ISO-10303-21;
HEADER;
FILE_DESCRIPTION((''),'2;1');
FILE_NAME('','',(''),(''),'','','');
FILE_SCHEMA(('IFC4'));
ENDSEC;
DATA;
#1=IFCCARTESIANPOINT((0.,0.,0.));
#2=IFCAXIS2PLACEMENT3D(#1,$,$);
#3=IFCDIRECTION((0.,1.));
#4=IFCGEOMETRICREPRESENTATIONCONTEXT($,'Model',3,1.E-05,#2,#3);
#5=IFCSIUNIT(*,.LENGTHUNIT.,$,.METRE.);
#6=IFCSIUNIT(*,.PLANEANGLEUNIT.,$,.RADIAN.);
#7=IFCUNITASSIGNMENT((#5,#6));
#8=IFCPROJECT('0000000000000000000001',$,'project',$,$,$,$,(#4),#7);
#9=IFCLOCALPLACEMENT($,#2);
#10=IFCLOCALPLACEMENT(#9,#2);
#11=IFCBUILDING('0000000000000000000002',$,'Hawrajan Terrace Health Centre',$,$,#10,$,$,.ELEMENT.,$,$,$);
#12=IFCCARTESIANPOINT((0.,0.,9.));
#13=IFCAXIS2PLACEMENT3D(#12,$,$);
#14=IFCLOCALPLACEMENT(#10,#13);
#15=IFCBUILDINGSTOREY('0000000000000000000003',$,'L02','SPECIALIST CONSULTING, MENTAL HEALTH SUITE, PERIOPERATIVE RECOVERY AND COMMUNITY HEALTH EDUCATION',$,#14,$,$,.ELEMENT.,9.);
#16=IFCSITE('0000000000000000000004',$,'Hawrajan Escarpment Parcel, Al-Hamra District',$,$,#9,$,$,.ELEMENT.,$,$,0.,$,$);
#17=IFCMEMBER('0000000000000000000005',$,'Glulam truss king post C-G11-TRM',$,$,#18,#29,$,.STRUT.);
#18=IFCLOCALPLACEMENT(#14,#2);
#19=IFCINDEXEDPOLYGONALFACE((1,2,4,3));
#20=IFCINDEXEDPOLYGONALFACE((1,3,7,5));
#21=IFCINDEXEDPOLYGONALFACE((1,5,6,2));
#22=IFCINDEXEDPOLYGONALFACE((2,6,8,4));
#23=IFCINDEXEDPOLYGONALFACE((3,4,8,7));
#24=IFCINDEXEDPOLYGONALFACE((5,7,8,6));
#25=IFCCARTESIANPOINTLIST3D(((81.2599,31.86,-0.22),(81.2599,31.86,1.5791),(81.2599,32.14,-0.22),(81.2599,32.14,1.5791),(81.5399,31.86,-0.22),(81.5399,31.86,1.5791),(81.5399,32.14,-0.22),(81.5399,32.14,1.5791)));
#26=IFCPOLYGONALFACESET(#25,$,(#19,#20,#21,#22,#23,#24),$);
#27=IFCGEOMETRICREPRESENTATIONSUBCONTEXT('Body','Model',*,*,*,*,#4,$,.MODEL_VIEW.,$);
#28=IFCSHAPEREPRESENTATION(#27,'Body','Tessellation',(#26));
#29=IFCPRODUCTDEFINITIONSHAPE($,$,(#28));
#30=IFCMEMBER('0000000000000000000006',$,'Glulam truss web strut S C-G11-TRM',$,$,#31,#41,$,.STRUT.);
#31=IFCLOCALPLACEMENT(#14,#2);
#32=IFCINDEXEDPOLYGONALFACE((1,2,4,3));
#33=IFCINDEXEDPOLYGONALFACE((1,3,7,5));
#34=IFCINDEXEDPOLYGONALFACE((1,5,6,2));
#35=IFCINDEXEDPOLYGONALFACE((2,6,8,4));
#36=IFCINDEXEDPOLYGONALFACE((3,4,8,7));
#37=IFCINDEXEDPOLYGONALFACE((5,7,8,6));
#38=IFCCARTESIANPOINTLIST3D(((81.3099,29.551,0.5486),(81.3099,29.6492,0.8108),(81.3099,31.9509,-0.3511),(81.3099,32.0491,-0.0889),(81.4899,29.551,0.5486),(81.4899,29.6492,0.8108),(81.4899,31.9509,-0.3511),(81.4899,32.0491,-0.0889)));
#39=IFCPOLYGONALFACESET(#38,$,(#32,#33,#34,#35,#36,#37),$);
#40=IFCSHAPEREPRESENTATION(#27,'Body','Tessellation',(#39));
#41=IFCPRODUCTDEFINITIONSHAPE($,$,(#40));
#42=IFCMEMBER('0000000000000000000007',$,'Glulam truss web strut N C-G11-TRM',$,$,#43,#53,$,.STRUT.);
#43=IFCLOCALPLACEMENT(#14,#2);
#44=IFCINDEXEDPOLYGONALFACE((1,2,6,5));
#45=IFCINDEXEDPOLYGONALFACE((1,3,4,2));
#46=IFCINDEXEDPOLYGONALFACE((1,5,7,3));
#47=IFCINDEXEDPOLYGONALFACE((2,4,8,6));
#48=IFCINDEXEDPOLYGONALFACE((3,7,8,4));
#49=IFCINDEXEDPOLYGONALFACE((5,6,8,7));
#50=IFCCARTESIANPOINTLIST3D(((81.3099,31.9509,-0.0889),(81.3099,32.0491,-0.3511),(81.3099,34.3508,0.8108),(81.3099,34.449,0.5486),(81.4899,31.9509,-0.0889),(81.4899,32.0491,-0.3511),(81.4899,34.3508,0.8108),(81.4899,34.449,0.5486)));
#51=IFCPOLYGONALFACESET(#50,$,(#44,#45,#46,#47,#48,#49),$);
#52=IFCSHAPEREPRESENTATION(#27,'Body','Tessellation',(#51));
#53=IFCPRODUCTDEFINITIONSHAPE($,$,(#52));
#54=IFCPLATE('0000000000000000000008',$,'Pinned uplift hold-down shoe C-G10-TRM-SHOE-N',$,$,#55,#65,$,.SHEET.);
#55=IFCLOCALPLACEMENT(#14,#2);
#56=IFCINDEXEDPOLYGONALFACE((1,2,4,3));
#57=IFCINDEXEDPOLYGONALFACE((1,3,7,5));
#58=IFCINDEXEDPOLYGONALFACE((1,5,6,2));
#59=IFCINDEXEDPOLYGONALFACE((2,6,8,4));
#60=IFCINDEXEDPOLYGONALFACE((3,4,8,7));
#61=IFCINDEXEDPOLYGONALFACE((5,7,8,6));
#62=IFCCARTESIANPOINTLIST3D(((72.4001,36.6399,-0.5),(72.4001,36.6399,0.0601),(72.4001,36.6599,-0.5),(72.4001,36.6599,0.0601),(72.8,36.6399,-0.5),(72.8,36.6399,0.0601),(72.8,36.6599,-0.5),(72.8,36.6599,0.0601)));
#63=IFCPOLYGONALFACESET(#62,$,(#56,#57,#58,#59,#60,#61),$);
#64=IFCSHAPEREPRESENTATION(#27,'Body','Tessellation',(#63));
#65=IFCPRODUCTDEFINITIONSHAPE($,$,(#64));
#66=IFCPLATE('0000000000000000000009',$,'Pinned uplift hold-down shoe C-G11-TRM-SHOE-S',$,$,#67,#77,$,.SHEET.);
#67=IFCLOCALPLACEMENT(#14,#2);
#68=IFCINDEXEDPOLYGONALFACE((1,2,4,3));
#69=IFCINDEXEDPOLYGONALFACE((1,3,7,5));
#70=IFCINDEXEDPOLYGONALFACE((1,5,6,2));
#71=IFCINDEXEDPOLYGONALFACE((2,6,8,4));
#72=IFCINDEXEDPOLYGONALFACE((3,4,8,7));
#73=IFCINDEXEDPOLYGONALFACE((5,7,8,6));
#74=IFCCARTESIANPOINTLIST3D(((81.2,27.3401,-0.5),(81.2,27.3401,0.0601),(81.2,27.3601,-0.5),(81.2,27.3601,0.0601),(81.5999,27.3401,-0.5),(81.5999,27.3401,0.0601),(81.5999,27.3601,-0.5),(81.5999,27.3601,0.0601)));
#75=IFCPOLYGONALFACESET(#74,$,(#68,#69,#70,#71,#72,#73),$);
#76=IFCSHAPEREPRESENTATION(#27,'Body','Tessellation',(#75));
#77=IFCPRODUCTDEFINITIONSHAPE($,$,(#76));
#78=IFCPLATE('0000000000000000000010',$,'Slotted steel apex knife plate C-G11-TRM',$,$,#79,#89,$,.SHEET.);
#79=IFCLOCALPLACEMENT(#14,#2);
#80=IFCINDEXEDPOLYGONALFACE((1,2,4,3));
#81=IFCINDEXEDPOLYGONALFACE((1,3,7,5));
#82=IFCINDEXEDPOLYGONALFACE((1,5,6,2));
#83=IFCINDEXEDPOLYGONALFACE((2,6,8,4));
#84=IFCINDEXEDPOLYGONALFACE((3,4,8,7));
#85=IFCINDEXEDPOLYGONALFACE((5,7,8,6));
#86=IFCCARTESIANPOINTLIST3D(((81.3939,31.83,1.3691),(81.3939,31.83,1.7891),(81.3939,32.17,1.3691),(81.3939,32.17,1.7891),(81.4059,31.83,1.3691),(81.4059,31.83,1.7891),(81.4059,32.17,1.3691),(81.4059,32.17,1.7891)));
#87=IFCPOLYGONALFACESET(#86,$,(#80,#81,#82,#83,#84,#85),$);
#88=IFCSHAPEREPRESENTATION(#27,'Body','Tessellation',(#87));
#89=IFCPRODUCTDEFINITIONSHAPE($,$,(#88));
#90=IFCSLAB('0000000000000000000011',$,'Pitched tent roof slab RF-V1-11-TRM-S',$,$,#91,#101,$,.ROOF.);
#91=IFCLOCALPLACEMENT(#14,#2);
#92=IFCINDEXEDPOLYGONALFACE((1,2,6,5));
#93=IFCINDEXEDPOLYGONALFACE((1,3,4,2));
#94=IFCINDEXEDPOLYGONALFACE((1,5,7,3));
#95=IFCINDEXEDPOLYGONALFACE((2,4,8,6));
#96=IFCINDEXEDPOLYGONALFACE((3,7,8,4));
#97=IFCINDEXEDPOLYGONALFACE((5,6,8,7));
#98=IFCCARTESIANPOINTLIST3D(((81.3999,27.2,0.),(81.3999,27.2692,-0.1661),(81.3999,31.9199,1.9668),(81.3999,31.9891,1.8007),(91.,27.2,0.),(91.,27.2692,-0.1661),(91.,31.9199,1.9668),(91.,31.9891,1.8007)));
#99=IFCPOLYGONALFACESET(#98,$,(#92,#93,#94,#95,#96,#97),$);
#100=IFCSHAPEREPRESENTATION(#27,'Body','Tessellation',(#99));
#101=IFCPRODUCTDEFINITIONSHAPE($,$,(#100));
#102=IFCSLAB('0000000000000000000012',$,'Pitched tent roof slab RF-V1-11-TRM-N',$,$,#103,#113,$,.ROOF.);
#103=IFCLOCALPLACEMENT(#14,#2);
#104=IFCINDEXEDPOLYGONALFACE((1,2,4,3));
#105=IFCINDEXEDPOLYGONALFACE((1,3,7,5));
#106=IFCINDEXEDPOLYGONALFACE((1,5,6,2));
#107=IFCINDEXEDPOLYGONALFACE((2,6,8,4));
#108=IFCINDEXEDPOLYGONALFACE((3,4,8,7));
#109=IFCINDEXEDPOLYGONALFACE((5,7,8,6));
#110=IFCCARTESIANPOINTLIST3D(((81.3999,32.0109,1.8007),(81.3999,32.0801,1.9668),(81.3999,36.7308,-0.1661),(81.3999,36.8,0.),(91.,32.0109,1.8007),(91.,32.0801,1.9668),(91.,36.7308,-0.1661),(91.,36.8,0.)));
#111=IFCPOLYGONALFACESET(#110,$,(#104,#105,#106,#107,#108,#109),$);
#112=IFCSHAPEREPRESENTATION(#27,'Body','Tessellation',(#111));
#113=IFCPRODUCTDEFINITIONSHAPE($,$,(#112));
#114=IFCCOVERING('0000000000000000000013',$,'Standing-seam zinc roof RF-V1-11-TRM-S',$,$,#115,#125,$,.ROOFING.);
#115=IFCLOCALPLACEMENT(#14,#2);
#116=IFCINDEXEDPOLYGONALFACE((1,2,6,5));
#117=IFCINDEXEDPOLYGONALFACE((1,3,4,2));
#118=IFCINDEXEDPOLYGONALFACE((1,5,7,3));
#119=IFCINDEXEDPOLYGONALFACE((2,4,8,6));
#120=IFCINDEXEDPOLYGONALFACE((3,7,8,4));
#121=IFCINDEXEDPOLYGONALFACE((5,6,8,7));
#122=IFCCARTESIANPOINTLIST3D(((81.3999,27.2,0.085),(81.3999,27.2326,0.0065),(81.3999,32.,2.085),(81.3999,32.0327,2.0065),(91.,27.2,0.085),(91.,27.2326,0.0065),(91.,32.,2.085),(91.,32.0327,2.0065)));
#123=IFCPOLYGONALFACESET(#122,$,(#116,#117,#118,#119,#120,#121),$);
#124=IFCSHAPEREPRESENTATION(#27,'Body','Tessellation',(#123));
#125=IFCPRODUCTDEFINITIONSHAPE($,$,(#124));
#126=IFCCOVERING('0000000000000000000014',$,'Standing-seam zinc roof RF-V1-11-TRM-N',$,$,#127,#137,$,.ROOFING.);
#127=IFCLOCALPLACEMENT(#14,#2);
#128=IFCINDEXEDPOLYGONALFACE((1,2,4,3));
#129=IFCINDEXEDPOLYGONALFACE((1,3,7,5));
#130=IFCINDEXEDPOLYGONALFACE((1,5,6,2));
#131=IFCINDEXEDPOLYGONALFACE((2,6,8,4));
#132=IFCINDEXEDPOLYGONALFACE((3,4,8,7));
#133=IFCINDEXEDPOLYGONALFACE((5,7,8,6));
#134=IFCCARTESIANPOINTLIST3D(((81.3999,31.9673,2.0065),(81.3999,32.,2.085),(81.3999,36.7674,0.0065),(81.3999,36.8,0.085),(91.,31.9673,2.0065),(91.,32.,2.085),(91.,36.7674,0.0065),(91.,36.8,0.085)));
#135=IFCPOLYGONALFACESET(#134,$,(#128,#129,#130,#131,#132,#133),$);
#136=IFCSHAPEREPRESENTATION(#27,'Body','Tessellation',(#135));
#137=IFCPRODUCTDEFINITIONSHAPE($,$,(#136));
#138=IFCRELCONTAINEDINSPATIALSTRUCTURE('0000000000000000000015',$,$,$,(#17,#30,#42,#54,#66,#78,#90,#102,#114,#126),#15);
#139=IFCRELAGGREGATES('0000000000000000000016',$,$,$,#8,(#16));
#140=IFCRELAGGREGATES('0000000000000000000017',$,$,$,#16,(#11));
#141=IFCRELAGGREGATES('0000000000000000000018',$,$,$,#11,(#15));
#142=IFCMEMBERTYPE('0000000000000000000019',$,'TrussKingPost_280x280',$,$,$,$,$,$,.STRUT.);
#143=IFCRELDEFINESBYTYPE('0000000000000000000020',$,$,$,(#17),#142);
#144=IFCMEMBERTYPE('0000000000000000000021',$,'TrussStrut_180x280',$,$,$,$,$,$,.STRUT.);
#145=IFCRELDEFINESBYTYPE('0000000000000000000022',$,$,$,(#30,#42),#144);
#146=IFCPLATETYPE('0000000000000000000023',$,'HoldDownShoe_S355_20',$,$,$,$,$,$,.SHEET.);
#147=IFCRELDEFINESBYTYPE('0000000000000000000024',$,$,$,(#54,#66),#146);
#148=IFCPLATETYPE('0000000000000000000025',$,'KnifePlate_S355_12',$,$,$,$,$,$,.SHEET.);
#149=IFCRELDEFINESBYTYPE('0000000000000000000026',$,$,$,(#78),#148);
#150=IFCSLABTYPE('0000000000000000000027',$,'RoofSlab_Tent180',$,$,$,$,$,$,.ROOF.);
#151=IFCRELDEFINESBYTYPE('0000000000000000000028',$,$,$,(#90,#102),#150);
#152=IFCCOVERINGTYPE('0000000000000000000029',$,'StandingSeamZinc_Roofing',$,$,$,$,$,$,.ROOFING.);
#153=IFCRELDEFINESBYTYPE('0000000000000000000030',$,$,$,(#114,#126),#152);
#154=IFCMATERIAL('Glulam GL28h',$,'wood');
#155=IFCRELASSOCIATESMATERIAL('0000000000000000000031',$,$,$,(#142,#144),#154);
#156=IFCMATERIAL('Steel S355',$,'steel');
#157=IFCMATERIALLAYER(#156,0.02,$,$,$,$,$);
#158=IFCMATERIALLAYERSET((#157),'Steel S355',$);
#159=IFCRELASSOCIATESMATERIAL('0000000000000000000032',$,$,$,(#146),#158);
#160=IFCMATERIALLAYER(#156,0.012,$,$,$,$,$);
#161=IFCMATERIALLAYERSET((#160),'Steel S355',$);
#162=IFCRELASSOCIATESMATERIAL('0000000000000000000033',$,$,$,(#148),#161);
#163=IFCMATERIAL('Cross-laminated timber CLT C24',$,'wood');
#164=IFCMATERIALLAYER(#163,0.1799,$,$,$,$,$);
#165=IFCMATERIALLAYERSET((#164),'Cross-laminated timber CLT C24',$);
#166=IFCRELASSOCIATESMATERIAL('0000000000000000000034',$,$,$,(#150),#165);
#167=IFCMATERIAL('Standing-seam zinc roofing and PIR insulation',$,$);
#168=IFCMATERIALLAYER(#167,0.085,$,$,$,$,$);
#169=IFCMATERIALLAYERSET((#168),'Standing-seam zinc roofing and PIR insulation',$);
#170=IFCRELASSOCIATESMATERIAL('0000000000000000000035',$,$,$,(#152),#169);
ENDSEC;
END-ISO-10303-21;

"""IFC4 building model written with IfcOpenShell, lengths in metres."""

from ifc_helpers import new_model, si_unit, direction, frame, origin, origin_2d, place, context, subcontext, project, spatial, polyline, rectangle, outline, extrude, material, layer, layer_set, material_profile, profile_set, type_object, element, save


model = new_model("IFC4")

# Units and contexts
model_context = context("Model", 3, precision=1e-05, world=origin(), true_north=direction((0.0, 1.0)))
body_context = subcontext(model_context, "Body", "Model", "MODEL_VIEW")
ifc_project = project(units=[si_unit("LENGTHUNIT", "METRE"), si_unit("PLANEANGLEUNIT", "RADIAN")], contexts=[model_context])

# Site, building, storey
site_placement = place(None, origin())
site = spatial("IfcSite", under=ifc_project, at=site_placement, Name="Hawrajan Escarpment Parcel, Al-Hamra District", CompositionType="ELEMENT", RefElevation=0.0)
building_placement = place(site_placement, origin())
building = spatial("IfcBuilding", under=site, at=building_placement, Name="Hawrajan Terrace Health Centre", CompositionType="ELEMENT")
storey_placement = place(building_placement, frame((0.0, 0.0, 9.0)))
storey = spatial("IfcBuildingStorey", under=building, at=storey_placement, Name="L02", Description="SPECIALIST CONSULTING, MENTAL HEALTH SUITE, PERIOPERATIVE RECOVERY AND COMMUNITY HEALTH EDUCATION", CompositionType="ELEMENT", Elevation=9.0)

# Shared definitions
ifc_material_1 = material(Name="Glulam GL28h", Category="wood")

# Shared definitions
ifc_material_2 = material(Name="Steel S355", Category="steel")

# Members
ifc_material_profile_1 = material_profile(ifc_material_1, rectangle(XDim=0.28, YDim=0.28, at=origin_2d()), Name="GL KP 280x280")
ifc_profile_set_1 = profile_set([ifc_material_profile_1], Name="Glulam GL28h")
member_type_1 = type_object("IfcMemberType", Name="TrussKingPost_280x280", PredefinedType="STRUT", material=ifc_profile_set_1)
member_1_placement = place(storey_placement, frame((81.3999, 32.0, -0.22), z_axis=(0.0, 0.0, 1.0), x_axis=(1.0, 0.0, 0.0)))
element("IfcMember", 1, at=member_1_placement, inside=storey, type_object=member_type_1, Name="Glulam truss king post C-G11-TRM", PredefinedType="STRUT", context=body_context, shape_type="SweptSolid", body=[
    extrude(rectangle(XDim=0.28, YDim=0.28, at=origin_2d()), origin(), (0.0, 0.0, 1.0), 1.7991),
])
ifc_material_profile_2 = material_profile(ifc_material_1, rectangle(XDim=0.1799, YDim=0.28, at=origin_2d()), Name="GL WEB 180x280")
ifc_profile_set_2 = profile_set([ifc_material_profile_2], Name="Glulam GL28h")
member_type_2 = type_object("IfcMemberType", Name="TrussStrut_180x280", PredefinedType="STRUT", material=ifc_profile_set_2)
for number, where, z_axis, x_axis, name in (
    (2, (81.3999, 32.0, -0.22), (0.0, -0.936368, 0.351019), (1.0, 0.0, 0.0), "Glulam truss web strut S C-G11-TRM"),
    (3, (81.3999, 32.0, -0.22), (0.0, 0.936368, 0.351019), (-1.0, 0.0, 0.0), "Glulam truss web strut N C-G11-TRM"),
):
    element("IfcMember", number, at=place(storey_placement, frame(where, z_axis=z_axis, x_axis=x_axis)), inside=storey, type_object=member_type_2, Name=name, PredefinedType="STRUT", context=body_context, shape_type="SweptSolid", body=[
        extrude(rectangle(XDim=0.1799, YDim=0.28, at=origin_2d()), origin(), (0.0, 0.0, 1.0), 2.563),
    ])

# Plates
ifc_layer_1 = layer(ifc_material_2, 0.02)
ifc_layer_set_1 = layer_set([ifc_layer_1], Name="Steel S355")
plate_type_1 = type_object("IfcPlateType", Name="HoldDownShoe_S355_20", PredefinedType="SHEET", material=ifc_layer_set_1)
for number, where, z_axis, x_axis, name in (
    (4, (72.6001, 36.6499, -0.5), (0.0, 0.0, 1.0), (1.0, 0.0, 0.0), "Pinned uplift hold-down shoe C-G10-TRM-SHOE-N"),
    (5, (81.3999, 27.3501, -0.5), (0.0, 0.0, 1.0), (1.0, 0.0, 0.0), "Pinned uplift hold-down shoe C-G11-TRM-SHOE-S"),
):
    element("IfcPlate", number, at=place(storey_placement, frame(where, z_axis=z_axis, x_axis=x_axis)), inside=storey, type_object=plate_type_1, Name=name, PredefinedType="SHEET", context=body_context, shape_type="SweptSolid", body=[
        extrude(rectangle(XDim=0.3999, YDim=0.02, at=origin_2d()), origin(), (0.0, 0.0, 1.0), 0.5601),
    ])
ifc_layer_2 = layer(ifc_material_2, 0.012)
ifc_layer_set_2 = layer_set([ifc_layer_2], Name="Steel S355")
plate_type_2 = type_object("IfcPlateType", Name="KnifePlate_S355_12", PredefinedType="SHEET", material=ifc_layer_set_2)
plate_placement = place(storey_placement, frame((81.3999, 32.0, 1.3691), z_axis=(0.0, 0.0, 1.0), x_axis=(1.0, 0.0, 0.0)))
element("IfcPlate", 6, at=plate_placement, inside=storey, type_object=plate_type_2, Name="Slotted steel apex knife plate C-G11-TRM", PredefinedType="SHEET", context=body_context, shape_type="SweptSolid", body=[
    extrude(rectangle(XDim=0.012, YDim=0.3401, at=origin_2d()), origin(), (0.0, 0.0, 1.0), 0.4199),
])

# Slabs
ifc_material_3 = material(Name="Cross-laminated timber CLT C24", Category="wood")
ifc_layer_3 = layer(ifc_material_3, 0.1799)
ifc_layer_set_3 = layer_set([ifc_layer_3], Name="Cross-laminated timber CLT C24")
slab_type = type_object("IfcSlabType", Name="RoofSlab_Tent180", PredefinedType="ROOF", material=ifc_layer_set_3)
for number, where, z_axis, x_axis, name in (
    (7, (81.3999, 27.2, 0.0), (0.0, -0.384639, 0.923067), (1.0, 0.0, 0.0), "Pitched tent roof slab RF-V1-11-TRM-S"),
    (8, (81.3999, 32.0801, 1.9668), (0.0, 0.384639, 0.923067), (1.0, 0.0, 0.0), "Pitched tent roof slab RF-V1-11-TRM-N"),
):
    element("IfcSlab", number, at=place(storey_placement, frame(where, z_axis=z_axis, x_axis=x_axis)), inside=storey, type_object=slab_type, Name=name, PredefinedType="ROOF", context=body_context, shape_type="SweptSolid", body=[
        extrude(outline(polyline([(0.0, 0.0), (9.6001, 0.0), (9.6001, 5.1134), (0.0, 5.1134), (0.0, 0.0)])), origin(), (0.0, 0.0, -1.0), 0.1799),
    ])

# Coverings
ifc_material_4 = material(Name="Standing-seam zinc roofing and PIR insulation")
ifc_layer_4 = layer(ifc_material_4, 0.085)
ifc_layer_set_4 = layer_set([ifc_layer_4], Name="Standing-seam zinc roofing and PIR insulation")
covering_type = type_object("IfcCoveringType", Name="StandingSeamZinc_Roofing", PredefinedType="ROOFING", material=ifc_layer_set_4)
for number, where, z_axis, x_axis, name in (
    (9, (81.3999, 27.2, 0.085), (0.0, -0.384612, 0.923078), (1.0, 0.0, 0.0), "Standing-seam zinc roof RF-V1-11-TRM-S"),
    (10, (81.3999, 32.0, 2.085), (0.0, 0.384612, 0.923078), (1.0, 0.0, 0.0), "Standing-seam zinc roof RF-V1-11-TRM-N"),
):
    element("IfcCovering", number, at=place(storey_placement, frame(where, z_axis=z_axis, x_axis=x_axis)), inside=storey, type_object=covering_type, Name=name, PredefinedType="ROOFING", context=body_context, shape_type="SweptSolid", body=[
        extrude(outline(polyline([(0.0, 0.0), (9.6001, 0.0), (9.6001, 5.2), (0.0, 5.2), (0.0, 0.0)])), origin(), (0.0, 0.0, -1.0), 0.085),
    ])

save(model, "model.ifc")
